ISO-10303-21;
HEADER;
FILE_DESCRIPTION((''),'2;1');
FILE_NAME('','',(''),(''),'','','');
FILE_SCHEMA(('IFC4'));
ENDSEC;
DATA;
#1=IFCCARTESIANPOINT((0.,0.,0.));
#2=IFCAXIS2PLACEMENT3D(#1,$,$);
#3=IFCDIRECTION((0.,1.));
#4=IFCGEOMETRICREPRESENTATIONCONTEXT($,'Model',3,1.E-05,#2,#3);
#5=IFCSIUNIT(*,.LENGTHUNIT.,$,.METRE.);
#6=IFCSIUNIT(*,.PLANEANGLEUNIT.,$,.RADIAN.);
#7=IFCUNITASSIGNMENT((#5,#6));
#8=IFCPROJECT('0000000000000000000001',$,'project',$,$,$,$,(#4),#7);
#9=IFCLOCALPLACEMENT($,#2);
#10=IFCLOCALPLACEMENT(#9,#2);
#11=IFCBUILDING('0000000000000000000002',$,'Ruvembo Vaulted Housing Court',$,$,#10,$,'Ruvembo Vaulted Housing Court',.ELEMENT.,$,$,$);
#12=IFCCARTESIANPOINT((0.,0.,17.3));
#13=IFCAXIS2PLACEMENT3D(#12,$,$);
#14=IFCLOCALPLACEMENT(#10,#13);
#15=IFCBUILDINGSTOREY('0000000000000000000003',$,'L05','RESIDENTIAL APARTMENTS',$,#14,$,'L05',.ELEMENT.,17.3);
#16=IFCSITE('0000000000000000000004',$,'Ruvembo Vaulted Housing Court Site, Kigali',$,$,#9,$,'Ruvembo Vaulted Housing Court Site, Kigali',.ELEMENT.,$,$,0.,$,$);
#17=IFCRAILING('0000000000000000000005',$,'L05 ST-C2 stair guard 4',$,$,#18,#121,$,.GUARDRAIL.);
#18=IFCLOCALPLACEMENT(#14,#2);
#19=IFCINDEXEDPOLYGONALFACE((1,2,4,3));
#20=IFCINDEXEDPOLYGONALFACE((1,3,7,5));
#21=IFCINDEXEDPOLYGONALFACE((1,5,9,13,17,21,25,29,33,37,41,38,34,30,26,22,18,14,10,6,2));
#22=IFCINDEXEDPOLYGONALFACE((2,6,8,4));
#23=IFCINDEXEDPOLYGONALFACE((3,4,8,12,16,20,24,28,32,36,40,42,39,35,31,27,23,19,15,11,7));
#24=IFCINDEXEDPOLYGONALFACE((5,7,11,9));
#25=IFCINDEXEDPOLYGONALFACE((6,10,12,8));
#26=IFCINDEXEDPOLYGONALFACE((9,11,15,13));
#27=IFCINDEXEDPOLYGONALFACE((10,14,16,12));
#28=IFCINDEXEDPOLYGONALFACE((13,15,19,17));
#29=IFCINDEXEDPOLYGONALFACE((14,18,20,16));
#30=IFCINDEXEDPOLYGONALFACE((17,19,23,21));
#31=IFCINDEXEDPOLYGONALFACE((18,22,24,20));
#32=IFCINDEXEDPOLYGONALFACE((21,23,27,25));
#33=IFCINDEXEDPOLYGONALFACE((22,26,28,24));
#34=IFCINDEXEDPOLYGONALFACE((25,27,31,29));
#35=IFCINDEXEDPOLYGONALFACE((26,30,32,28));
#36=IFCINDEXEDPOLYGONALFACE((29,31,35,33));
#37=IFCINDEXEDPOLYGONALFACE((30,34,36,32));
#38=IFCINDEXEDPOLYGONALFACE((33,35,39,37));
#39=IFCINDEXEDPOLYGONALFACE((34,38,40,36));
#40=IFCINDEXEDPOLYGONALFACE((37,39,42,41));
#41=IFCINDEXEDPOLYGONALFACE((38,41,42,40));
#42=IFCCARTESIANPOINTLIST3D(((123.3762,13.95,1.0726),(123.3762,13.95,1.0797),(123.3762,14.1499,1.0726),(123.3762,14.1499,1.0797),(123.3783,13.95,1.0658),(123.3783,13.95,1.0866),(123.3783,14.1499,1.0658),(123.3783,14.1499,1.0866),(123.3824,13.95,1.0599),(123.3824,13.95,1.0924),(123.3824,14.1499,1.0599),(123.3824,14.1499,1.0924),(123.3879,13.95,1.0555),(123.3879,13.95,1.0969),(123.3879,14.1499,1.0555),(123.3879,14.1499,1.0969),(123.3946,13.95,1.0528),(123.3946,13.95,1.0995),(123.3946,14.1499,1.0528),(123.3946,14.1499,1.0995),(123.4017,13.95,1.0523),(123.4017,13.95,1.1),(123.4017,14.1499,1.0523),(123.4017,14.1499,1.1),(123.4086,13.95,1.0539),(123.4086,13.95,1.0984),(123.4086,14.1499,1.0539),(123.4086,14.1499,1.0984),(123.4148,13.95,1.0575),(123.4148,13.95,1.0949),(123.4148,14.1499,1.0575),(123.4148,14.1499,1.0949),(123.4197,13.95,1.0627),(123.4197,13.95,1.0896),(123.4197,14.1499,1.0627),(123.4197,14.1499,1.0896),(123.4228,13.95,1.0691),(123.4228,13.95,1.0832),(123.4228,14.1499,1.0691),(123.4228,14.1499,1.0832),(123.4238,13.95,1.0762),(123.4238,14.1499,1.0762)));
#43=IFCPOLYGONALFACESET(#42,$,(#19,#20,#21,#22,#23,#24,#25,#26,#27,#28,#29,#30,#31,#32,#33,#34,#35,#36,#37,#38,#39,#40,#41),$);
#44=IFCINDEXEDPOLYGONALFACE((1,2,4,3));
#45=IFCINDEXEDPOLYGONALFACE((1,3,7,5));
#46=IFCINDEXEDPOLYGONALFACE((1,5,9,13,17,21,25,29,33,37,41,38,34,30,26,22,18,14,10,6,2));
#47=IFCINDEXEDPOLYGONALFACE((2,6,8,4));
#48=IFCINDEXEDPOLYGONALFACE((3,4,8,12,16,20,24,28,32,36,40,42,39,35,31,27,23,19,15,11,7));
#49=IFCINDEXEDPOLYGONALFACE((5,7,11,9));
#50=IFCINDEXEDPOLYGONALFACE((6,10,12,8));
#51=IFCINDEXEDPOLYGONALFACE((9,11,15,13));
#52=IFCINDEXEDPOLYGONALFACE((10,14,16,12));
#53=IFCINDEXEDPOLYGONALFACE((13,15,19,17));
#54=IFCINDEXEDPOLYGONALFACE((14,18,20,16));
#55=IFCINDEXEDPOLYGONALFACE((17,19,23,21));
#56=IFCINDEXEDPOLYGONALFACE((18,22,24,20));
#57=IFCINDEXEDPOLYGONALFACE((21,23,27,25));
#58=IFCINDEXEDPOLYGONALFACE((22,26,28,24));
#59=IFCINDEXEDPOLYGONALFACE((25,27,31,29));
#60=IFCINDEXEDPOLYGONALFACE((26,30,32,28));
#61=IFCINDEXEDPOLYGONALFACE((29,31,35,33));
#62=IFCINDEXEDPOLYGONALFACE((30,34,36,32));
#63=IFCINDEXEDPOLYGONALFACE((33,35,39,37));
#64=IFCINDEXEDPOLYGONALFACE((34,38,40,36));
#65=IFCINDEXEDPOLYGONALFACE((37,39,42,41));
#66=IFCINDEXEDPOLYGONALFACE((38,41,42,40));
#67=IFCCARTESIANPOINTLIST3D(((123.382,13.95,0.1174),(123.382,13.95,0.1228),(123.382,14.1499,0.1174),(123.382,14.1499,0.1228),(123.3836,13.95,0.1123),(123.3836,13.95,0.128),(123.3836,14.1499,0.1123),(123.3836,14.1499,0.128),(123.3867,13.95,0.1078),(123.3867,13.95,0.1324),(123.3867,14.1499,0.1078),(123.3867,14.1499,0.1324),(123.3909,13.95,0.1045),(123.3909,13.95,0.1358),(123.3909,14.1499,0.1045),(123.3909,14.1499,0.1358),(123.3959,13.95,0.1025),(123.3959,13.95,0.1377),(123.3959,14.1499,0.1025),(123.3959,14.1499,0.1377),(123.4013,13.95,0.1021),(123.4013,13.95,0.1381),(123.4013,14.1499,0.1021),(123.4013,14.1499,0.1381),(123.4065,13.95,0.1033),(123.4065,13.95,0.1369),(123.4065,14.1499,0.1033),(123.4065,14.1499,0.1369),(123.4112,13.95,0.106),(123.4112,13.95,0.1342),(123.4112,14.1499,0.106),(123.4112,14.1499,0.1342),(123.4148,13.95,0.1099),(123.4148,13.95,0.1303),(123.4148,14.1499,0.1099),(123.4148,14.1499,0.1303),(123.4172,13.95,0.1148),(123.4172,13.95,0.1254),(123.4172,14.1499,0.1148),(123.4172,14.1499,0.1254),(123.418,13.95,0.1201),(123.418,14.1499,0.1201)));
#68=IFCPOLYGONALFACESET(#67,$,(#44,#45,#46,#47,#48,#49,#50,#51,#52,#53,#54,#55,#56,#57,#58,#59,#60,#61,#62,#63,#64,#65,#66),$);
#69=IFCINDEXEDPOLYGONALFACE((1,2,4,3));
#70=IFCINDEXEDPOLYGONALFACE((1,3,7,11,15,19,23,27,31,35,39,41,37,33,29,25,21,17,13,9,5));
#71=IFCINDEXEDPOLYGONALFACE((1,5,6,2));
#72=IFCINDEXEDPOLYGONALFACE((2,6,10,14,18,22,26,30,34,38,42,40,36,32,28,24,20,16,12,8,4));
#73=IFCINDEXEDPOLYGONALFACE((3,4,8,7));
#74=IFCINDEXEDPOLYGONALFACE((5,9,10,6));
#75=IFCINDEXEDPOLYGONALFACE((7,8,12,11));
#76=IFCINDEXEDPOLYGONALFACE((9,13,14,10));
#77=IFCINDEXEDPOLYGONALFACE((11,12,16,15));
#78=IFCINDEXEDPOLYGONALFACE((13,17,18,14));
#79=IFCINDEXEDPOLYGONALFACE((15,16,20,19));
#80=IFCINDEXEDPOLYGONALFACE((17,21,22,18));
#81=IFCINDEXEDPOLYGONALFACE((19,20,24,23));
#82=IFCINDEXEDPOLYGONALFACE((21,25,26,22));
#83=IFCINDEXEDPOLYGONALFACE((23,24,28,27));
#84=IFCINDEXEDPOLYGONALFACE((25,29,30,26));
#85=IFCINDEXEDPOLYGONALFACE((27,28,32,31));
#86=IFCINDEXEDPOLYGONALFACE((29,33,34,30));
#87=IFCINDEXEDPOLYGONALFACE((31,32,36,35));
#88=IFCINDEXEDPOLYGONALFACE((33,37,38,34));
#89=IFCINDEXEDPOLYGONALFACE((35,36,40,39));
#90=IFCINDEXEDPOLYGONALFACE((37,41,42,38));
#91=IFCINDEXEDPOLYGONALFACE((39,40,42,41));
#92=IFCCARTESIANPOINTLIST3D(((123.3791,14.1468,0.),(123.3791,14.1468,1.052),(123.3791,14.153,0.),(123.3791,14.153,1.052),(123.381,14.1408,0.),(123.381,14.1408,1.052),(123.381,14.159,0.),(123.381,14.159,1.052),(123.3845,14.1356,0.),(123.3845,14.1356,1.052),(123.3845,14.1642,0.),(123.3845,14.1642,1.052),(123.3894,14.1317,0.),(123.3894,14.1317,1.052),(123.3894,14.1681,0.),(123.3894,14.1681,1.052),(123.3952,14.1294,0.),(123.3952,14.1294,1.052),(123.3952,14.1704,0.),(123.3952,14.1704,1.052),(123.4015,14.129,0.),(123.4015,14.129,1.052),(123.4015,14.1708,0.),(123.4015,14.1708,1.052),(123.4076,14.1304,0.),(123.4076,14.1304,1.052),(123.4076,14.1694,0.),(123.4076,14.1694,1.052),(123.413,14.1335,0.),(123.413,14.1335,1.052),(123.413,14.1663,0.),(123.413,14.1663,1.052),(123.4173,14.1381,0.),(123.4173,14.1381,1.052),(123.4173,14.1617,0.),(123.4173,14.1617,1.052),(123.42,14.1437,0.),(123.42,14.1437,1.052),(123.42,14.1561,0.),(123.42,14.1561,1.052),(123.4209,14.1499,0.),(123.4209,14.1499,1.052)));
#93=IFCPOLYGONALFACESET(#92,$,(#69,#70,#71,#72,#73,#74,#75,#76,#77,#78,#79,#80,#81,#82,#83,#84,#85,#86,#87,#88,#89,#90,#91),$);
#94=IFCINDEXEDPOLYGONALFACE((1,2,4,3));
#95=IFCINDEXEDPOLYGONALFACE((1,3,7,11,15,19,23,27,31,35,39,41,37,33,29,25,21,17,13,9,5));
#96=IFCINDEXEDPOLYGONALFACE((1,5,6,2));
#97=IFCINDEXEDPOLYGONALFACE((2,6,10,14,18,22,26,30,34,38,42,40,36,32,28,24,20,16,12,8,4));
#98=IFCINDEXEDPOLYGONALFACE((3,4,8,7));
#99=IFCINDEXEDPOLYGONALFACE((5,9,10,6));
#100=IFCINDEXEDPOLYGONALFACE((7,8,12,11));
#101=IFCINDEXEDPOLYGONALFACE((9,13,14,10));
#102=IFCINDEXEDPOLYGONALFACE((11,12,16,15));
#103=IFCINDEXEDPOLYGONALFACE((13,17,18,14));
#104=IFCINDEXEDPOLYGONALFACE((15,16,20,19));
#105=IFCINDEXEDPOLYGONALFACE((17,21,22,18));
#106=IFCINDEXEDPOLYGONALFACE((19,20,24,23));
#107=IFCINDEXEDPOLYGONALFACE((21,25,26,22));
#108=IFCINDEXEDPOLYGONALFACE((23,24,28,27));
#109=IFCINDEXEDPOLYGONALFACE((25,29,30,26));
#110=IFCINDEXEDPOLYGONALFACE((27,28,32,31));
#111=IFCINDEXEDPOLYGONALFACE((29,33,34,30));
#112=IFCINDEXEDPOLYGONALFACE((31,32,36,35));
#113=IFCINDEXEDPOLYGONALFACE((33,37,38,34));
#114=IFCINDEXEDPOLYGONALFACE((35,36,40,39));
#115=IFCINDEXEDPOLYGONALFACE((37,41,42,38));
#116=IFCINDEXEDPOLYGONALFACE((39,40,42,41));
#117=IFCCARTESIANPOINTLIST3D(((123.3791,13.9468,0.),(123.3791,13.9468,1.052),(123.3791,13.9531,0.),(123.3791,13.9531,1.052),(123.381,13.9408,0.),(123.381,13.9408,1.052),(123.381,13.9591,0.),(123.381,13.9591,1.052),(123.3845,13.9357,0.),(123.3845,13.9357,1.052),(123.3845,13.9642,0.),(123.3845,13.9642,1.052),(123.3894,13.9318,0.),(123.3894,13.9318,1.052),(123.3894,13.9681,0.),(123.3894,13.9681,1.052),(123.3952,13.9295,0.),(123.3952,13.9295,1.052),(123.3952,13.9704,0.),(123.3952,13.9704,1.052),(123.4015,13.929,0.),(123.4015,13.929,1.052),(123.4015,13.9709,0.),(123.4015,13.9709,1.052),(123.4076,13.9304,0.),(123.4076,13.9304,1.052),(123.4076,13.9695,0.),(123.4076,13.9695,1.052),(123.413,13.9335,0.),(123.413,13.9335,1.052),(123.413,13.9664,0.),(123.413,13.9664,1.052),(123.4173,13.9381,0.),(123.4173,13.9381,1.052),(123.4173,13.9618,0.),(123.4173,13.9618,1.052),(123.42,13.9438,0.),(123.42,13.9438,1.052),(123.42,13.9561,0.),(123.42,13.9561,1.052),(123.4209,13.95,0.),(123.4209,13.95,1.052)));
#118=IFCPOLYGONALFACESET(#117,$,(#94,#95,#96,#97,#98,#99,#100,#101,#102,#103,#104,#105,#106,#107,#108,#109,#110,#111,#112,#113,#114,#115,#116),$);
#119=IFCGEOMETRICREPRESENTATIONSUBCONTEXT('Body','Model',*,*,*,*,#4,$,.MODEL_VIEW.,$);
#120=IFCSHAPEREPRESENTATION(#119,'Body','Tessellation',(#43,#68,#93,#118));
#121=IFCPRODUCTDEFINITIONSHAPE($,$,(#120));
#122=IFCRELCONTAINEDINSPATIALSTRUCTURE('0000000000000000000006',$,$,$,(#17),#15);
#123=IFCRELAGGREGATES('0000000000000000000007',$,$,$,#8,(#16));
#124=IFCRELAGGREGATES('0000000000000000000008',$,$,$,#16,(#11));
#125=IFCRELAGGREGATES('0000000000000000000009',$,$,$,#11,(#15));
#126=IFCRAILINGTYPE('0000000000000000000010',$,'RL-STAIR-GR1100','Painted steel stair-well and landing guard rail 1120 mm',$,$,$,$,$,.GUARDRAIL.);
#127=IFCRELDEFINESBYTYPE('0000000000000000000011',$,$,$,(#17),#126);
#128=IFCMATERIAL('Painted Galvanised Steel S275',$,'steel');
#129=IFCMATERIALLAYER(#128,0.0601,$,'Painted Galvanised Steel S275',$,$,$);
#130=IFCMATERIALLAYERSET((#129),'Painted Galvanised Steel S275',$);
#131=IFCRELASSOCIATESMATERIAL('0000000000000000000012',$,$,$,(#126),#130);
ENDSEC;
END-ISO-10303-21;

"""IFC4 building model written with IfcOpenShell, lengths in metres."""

from ifc_helpers import new_model, si_unit, direction, frame, origin, origin_2d, place, context, subcontext, project, spatial, circle, extrude, material, layer, layer_set, type_object, element, save


model = new_model("IFC4")

# Units and contexts
model_context = context("Model", 3, precision=1e-05, world=origin(), true_north=direction((0.0, 1.0)))
body_context = subcontext(model_context, "Body", "Model", "MODEL_VIEW")
ifc_project = project(units=[si_unit("LENGTHUNIT", "METRE"), si_unit("PLANEANGLEUNIT", "RADIAN")], contexts=[model_context])

# Site, building, storey
site_placement = place(None, origin())
site = spatial("IfcSite", under=ifc_project, at=site_placement, Name="Ruvembo Vaulted Housing Court Site, Kigali", LongName="Ruvembo Vaulted Housing Court Site, Kigali", CompositionType="ELEMENT", RefElevation=0.0)
building_placement = place(site_placement, origin())
building = spatial("IfcBuilding", under=site, at=building_placement, Name="Ruvembo Vaulted Housing Court", LongName="Ruvembo Vaulted Housing Court", CompositionType="ELEMENT")
storey_placement = place(building_placement, frame((0.0, 0.0, 17.3)))
storey = spatial("IfcBuildingStorey", under=building, at=storey_placement, Name="L05", Description="RESIDENTIAL APARTMENTS", LongName="L05", CompositionType="ELEMENT", Elevation=17.3)

# Railing
ifc_material_1 = material(Name="Painted Galvanised Steel S275", Category="steel")
ifc_layer_1 = layer(ifc_material_1, 0.0601, Name="Painted Galvanised Steel S275")
ifc_layer_set_1 = layer_set([ifc_layer_1], Name="Painted Galvanised Steel S275")
railing_type_1 = type_object("IfcRailingType", Name="RL-STAIR-GR1100", Description="Painted steel stair-well and landing guard rail 1120 mm", PredefinedType="GUARDRAIL", material=ifc_layer_set_1)
railing_1_placement = place(storey_placement, frame((123.3999, 14.1499, 0.0)))
element("IfcRailing", 1, at=railing_1_placement, inside=storey, type_object=railing_type_1, Name="L05 ST-C2 stair guard 4", PredefinedType="GUARDRAIL", context=body_context, shape_type="SweptSolid", body=[
    extrude(circle(Radius=0.0239, at=origin_2d()), frame((0.0, 0.0, 1.0762), z_axis=(0.0, -1.0, 0.0), x_axis=(1.0, 0.0, 0.0)), (0.0, 0.0, 1.0), 0.2),
    extrude(circle(Radius=0.0181, at=origin_2d()), frame((0.0, 0.0, 0.1201), z_axis=(0.0, -1.0, 0.0), x_axis=(1.0, 0.0, 0.0)), (0.0, 0.0, 1.0), 0.2),
    extrude(circle(Radius=0.021, at=origin_2d()), origin(), (0.0, 0.0, 1.0), 1.052),
    extrude(circle(Radius=0.021, at=origin_2d()), frame((0.0, -0.2, 0.0)), (0.0, 0.0, 1.0), 1.052),
])

save(model, "model.ifc")
